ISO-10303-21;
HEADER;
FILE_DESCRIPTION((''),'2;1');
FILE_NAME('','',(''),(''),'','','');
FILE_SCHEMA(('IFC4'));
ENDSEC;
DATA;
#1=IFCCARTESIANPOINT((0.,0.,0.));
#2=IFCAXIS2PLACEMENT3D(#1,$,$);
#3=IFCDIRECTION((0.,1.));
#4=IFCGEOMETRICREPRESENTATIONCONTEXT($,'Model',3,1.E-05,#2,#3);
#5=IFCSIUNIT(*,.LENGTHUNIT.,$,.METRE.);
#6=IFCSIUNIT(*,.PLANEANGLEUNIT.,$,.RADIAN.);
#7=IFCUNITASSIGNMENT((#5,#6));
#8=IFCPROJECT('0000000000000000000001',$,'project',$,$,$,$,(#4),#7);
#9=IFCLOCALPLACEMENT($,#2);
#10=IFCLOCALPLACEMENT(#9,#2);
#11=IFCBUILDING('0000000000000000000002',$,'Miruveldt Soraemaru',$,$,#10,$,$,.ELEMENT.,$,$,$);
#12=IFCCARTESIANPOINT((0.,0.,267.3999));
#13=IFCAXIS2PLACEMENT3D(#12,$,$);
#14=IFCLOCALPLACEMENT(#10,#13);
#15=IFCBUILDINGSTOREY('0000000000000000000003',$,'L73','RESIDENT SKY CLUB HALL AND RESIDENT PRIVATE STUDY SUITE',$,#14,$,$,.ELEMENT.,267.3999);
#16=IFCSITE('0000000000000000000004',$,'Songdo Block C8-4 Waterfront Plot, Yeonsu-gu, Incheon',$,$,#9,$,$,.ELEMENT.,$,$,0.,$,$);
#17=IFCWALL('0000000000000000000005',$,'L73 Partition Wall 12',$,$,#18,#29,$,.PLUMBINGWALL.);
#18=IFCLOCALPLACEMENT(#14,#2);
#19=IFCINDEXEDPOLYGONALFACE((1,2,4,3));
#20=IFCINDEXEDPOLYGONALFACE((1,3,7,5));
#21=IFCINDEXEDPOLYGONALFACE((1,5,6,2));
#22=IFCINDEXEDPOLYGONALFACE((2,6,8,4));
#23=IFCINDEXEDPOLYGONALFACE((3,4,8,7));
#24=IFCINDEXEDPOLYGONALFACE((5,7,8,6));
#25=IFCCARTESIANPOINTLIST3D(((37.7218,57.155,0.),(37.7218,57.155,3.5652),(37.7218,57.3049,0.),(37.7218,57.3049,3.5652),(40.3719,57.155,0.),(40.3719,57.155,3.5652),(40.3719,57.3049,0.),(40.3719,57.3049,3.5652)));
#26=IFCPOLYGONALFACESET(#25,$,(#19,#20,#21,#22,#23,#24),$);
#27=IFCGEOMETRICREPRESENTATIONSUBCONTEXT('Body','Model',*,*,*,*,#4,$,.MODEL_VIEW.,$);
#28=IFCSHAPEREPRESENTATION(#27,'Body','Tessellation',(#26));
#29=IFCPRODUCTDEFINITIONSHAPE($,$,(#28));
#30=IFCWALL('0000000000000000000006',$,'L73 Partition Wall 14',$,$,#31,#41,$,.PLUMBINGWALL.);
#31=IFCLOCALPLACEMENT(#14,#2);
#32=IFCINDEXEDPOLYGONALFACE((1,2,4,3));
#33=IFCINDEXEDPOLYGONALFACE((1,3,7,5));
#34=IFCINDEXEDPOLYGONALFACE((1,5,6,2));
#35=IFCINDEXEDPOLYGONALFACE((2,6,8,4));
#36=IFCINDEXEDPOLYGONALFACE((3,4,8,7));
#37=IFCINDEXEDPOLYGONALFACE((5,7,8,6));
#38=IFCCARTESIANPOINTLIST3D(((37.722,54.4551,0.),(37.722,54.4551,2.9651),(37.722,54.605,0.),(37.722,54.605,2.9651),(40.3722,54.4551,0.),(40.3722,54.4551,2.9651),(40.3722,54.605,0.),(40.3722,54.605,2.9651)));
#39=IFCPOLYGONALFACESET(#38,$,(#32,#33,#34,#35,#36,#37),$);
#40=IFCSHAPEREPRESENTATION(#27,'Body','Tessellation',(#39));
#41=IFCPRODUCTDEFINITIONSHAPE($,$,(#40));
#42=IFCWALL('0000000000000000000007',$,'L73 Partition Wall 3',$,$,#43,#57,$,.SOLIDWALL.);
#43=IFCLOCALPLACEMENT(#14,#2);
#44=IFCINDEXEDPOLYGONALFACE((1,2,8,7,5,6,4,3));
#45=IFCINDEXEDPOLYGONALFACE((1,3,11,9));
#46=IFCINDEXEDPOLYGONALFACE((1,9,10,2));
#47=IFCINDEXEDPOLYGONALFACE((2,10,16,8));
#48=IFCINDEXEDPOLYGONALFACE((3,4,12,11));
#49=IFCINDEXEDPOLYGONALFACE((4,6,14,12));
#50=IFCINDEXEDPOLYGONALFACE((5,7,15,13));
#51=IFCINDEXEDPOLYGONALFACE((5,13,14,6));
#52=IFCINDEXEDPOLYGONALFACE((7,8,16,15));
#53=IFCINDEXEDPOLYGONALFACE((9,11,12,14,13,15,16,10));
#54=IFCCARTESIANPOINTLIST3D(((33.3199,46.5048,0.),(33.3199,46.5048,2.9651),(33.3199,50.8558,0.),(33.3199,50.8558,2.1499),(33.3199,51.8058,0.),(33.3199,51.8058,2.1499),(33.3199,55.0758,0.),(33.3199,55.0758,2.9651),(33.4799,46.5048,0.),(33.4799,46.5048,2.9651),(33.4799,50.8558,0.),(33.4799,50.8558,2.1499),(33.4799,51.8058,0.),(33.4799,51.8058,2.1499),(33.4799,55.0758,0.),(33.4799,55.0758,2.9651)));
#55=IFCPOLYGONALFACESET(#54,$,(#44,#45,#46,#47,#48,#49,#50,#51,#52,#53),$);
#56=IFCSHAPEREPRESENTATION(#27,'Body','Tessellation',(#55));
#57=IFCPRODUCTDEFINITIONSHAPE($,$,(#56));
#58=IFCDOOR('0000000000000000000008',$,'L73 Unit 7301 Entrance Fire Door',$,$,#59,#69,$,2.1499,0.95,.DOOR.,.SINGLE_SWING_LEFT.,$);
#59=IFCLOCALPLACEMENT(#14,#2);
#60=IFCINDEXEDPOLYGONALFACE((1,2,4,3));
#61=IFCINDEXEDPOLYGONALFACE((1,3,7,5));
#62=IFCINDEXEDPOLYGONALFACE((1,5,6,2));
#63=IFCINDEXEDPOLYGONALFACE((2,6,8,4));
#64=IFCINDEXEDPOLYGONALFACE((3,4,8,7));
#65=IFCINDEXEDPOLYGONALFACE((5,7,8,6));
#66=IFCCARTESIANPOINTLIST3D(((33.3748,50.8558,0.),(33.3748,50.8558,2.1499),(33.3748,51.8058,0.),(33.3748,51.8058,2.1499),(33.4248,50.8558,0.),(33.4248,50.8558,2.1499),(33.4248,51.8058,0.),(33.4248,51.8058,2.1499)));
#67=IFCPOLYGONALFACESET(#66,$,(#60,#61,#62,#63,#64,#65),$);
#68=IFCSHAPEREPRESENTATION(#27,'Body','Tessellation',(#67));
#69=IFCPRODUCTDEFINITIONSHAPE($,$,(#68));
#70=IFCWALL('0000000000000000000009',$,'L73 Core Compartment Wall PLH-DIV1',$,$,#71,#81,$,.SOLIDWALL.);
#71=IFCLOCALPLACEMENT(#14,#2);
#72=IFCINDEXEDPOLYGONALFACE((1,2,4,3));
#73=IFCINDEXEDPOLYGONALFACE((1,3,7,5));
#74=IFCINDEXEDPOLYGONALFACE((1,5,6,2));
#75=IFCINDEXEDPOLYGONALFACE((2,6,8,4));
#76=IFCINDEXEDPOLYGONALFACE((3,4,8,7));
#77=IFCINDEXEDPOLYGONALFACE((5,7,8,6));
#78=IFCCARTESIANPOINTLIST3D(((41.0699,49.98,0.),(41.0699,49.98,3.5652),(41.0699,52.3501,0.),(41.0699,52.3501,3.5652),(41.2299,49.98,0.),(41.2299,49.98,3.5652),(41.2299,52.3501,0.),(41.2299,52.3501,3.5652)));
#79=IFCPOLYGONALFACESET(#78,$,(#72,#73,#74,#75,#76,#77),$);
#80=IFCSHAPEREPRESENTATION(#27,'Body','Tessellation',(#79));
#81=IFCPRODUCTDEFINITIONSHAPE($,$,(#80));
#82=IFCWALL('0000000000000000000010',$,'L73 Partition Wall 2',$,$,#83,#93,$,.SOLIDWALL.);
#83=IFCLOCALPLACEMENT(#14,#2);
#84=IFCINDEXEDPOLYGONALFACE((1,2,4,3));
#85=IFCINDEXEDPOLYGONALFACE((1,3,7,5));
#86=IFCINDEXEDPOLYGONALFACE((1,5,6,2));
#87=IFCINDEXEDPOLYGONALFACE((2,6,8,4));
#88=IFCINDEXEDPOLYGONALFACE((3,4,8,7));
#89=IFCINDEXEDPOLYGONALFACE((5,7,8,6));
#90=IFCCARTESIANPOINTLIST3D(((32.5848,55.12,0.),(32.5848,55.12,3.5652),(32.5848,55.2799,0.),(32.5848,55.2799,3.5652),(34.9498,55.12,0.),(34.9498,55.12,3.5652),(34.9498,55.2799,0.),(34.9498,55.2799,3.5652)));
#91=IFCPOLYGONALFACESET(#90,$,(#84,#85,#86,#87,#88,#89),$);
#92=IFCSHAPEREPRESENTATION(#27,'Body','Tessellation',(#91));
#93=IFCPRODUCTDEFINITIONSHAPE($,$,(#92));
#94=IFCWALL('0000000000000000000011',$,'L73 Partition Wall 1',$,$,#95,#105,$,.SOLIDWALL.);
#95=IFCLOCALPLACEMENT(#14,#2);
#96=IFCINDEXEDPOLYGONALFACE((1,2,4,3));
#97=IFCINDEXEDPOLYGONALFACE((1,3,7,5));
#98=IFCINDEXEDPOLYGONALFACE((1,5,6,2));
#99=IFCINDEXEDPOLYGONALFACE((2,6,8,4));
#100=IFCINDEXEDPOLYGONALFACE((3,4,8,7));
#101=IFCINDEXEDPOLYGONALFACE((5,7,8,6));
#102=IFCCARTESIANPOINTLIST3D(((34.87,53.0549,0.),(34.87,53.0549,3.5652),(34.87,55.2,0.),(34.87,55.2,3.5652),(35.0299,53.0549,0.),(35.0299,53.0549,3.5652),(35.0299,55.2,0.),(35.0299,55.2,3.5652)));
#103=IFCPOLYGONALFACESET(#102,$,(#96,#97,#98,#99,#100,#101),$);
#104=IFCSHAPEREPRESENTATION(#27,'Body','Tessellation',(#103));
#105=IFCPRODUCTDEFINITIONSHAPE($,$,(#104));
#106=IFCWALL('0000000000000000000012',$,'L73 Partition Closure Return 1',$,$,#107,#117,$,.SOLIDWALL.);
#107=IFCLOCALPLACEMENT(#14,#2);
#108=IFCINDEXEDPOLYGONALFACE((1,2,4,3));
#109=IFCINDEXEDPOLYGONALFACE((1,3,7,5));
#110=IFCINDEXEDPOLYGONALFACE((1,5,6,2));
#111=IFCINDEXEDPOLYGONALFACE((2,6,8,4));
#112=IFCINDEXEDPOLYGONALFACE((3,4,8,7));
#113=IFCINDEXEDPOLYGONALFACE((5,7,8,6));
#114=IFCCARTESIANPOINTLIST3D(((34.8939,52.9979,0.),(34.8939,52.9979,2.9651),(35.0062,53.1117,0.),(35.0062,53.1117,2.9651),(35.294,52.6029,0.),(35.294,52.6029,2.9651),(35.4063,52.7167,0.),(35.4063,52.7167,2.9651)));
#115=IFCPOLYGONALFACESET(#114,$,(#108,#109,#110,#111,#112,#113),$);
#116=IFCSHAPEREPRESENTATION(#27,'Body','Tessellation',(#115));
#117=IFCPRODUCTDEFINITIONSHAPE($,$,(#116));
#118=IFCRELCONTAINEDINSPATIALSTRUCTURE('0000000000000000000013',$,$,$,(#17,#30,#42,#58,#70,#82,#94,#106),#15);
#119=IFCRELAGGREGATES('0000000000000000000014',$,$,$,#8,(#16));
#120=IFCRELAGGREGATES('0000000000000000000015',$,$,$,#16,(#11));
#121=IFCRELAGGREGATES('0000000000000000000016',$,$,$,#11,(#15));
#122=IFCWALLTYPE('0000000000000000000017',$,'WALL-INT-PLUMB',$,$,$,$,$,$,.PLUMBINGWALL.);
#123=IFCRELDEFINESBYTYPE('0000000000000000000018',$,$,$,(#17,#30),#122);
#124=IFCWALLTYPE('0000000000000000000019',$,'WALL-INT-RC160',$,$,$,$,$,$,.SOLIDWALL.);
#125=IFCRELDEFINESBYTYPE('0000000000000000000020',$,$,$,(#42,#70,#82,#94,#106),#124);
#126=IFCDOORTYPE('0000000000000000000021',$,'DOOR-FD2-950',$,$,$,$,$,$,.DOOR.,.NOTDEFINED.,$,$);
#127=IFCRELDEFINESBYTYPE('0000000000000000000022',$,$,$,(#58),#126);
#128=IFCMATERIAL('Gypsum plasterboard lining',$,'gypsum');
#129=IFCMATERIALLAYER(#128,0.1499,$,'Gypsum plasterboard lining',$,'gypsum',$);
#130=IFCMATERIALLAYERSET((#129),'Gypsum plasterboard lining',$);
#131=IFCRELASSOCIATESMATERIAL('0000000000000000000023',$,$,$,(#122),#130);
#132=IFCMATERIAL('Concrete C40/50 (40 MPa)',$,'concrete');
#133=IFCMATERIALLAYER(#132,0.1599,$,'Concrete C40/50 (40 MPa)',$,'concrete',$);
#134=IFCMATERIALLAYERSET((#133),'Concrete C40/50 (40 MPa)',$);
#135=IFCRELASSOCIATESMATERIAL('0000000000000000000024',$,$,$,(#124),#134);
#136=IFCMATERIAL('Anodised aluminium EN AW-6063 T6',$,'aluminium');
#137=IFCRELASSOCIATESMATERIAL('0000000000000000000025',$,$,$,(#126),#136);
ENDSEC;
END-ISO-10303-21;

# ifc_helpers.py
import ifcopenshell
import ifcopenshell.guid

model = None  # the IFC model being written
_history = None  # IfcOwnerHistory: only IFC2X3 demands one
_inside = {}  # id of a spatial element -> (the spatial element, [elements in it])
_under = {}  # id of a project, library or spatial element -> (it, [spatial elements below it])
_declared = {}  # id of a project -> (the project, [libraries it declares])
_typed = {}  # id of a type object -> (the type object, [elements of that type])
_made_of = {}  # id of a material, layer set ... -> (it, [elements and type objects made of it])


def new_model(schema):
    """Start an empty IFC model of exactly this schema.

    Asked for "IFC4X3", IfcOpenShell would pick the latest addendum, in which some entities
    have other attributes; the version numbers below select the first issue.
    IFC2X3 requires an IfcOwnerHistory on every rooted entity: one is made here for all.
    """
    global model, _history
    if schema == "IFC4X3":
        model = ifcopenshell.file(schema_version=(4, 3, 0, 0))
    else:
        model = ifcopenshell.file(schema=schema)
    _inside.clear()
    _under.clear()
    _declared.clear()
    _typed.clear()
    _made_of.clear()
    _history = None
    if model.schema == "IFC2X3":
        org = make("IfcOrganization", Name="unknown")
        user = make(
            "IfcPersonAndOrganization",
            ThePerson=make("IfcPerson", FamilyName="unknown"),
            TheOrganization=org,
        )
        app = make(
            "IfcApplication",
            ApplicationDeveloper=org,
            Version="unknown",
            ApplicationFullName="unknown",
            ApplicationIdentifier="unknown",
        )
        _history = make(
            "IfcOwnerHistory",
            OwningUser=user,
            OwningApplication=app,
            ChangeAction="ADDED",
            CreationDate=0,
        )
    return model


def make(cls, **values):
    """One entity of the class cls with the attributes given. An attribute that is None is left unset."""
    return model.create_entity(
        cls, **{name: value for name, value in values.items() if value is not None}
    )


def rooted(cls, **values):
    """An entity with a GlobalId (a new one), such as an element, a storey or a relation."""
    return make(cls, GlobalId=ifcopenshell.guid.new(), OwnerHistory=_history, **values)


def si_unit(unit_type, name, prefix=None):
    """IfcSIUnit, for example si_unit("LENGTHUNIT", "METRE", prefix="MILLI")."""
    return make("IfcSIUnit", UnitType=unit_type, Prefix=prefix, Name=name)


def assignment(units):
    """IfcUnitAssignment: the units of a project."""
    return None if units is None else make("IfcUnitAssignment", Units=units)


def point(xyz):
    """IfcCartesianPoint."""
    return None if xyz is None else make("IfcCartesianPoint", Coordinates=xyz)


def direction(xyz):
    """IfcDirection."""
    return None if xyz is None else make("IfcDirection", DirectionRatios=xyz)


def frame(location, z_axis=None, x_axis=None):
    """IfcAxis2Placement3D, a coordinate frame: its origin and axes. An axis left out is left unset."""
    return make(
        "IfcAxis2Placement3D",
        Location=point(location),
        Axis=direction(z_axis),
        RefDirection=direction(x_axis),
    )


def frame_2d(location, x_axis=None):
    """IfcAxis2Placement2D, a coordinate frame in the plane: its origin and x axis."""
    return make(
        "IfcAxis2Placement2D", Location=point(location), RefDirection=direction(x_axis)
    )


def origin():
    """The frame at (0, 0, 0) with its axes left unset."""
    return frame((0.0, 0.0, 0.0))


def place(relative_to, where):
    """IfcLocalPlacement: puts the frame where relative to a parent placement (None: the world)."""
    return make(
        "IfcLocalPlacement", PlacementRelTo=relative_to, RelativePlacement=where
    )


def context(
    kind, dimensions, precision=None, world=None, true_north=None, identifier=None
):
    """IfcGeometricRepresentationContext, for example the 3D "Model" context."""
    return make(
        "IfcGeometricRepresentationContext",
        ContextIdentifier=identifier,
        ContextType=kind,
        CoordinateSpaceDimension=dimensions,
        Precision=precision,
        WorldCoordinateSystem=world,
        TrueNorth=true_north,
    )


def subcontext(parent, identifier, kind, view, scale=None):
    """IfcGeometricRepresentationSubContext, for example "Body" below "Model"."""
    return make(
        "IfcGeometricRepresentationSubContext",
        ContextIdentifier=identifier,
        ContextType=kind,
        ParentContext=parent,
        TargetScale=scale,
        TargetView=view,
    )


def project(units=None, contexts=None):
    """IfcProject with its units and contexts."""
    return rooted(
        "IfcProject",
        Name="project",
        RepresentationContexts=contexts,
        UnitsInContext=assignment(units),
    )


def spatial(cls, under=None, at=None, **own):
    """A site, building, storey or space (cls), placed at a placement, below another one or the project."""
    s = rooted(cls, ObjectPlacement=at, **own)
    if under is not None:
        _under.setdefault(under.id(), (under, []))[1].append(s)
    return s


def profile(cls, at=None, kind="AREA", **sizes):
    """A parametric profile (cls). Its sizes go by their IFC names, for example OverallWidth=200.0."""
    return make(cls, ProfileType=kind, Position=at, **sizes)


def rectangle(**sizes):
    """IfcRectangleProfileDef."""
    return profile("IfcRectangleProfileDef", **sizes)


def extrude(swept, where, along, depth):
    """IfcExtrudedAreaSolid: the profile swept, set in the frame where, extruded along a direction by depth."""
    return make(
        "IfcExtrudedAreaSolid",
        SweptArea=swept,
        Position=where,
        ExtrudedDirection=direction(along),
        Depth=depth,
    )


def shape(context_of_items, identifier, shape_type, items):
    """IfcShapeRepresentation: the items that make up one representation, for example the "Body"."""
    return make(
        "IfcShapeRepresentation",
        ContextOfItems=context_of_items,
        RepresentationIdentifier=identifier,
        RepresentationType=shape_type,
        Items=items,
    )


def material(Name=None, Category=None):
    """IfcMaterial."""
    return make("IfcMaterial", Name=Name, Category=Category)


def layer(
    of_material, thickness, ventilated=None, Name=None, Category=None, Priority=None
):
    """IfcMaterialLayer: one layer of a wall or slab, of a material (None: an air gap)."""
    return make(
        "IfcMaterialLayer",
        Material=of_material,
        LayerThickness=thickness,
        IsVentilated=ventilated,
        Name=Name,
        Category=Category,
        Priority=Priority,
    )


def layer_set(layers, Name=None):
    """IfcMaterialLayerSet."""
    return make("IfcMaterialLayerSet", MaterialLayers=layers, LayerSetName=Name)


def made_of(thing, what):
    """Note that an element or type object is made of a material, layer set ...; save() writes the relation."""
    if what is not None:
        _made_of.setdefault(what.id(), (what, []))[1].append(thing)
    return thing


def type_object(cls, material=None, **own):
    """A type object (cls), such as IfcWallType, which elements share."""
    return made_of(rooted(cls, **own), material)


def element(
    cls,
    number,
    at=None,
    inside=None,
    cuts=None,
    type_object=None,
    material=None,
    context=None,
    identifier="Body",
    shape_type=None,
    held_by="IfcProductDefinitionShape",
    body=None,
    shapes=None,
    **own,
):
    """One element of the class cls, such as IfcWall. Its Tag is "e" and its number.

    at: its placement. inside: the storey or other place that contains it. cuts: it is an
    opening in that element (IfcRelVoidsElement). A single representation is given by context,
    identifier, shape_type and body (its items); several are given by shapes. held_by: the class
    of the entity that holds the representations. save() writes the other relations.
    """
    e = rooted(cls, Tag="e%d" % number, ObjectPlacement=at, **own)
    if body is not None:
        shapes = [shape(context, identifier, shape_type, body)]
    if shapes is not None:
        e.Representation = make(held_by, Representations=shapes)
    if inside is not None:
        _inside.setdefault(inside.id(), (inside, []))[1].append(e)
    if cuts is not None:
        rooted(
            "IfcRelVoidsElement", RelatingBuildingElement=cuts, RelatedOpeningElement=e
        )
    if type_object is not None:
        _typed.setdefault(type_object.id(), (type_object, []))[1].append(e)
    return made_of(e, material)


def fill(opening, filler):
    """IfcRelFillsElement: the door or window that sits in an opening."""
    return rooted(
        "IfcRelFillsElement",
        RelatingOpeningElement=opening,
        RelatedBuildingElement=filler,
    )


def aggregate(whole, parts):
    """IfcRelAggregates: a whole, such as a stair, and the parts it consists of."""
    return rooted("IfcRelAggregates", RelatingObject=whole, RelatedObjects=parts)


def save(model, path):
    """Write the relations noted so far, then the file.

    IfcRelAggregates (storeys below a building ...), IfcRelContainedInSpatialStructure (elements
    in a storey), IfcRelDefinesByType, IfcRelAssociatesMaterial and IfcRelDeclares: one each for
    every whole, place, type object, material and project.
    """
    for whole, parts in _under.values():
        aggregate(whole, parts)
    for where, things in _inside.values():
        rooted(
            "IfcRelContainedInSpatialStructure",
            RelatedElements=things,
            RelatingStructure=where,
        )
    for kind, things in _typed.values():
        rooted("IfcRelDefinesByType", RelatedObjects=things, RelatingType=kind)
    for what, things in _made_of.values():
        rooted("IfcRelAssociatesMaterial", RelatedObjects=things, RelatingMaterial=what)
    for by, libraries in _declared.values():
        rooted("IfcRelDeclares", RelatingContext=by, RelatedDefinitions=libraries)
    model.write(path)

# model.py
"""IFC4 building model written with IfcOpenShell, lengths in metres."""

from ifc_helpers import new_model, si_unit, direction, frame, frame_2d, origin, place, context, subcontext, project, spatial, rectangle, extrude, material, layer, layer_set, type_object, element, fill, save


model = new_model("IFC4")

# Units and contexts
model_context = context("Model", 3, precision=1e-05, world=origin(), true_north=direction((0.0, 1.0)))
body_context = subcontext(model_context, "Body", "Model", "MODEL_VIEW")
ifc_project = project(units=[si_unit("LENGTHUNIT", "METRE"), si_unit("PLANEANGLEUNIT", "RADIAN")], contexts=[model_context])

# Site, building, storey
site_placement = place(None, origin())
site = spatial("IfcSite", under=ifc_project, at=site_placement, Name="Songdo Block C8-4 Waterfront Plot, Yeonsu-gu, Incheon", CompositionType="ELEMENT", RefElevation=0.0)
building_placement = place(site_placement, origin())
building = spatial("IfcBuilding", under=site, at=building_placement, Name="Miruveldt Soraemaru", CompositionType="ELEMENT")
storey_placement = place(building_placement, frame((0.0, 0.0, 267.3999)))
storey = spatial("IfcBuildingStorey", under=building, at=storey_placement, Name="L73", Description="RESIDENT SKY CLUB HALL AND RESIDENT PRIVATE STUDY SUITE", CompositionType="ELEMENT", Elevation=267.3999)

# Shared definitions
ifc_material_1 = material(Name="Concrete C40/50 (40 MPa)", Category="concrete")

# Shared definitions
ifc_material_2 = material(Name="Anodised aluminium EN AW-6063 T6", Category="aluminium")

# Shared definitions
ifc_material_3 = material(Name="Gypsum plasterboard lining", Category="gypsum")
ifc_layer_1 = layer(ifc_material_3, 0.1499, Name="Gypsum plasterboard lining", Category="gypsum")
ifc_layer_set_1 = layer_set([ifc_layer_1], Name="Gypsum plasterboard lining")
wall_type_1 = type_object("IfcWallType", Name="WALL-INT-PLUMB", PredefinedType="PLUMBINGWALL", material=ifc_layer_set_1)

# Walls
wall_1_placement = place(storey_placement, frame((40.3721, 57.23, 0.0), z_axis=(0.0, 0.0, 1.0), x_axis=(-1.0, 0.0, 0.0)))
element("IfcWall", 1, at=wall_1_placement, inside=storey, type_object=wall_type_1, Name="L73 Partition Wall 12", PredefinedType="PLUMBINGWALL", context=body_context, shape_type="SweptSolid", body=[
    extrude(rectangle(XDim=2.6501, YDim=0.1499, at=frame_2d((1.3252, 0.0))), origin(), (0.0, 0.0, 1.0), 3.5652),
])
wall_2_placement = place(storey_placement, frame((37.7219, 54.53, 0.0), z_axis=(0.0, 0.0, 1.0), x_axis=(1.0, 0.0, 0.0)))
element("IfcWall", 2, at=wall_2_placement, inside=storey, type_object=wall_type_1, Name="L73 Partition Wall 14", PredefinedType="PLUMBINGWALL", context=body_context, shape_type="SweptSolid", body=[
    extrude(rectangle(XDim=2.6501, YDim=0.1499, at=frame_2d((1.3252, 0.0))), origin(), (0.0, 0.0, 1.0), 2.9651),
])

# Wall, opening, door
ifc_layer_2 = layer(ifc_material_1, 0.1599, Name="Concrete C40/50 (40 MPa)", Category="concrete")
ifc_layer_set_2 = layer_set([ifc_layer_2], Name="Concrete C40/50 (40 MPa)")
wall_type_2 = type_object("IfcWallType", Name="WALL-INT-RC160", PredefinedType="SOLIDWALL", material=ifc_layer_set_2)
wall_3_placement = place(storey_placement, frame((33.3999, 55.0759, 0.0), z_axis=(0.0, 0.0, 1.0), x_axis=(0.0, -1.0, 0.0)))
wall_3 = element("IfcWall", 3, at=wall_3_placement, inside=storey, type_object=wall_type_2, Name="L73 Partition Wall 3", PredefinedType="SOLIDWALL", context=body_context, shape_type="SweptSolid", body=[
    extrude(rectangle(XDim=8.571, YDim=0.1599, at=frame_2d((4.2856, 0.0))), origin(), (0.0, 0.0, 1.0), 2.9651),
])
opening_1_placement = place(wall_3_placement, frame((3.27, 0.0, 0.0)))
opening_1 = element("IfcOpeningElement", 4, at=opening_1_placement, cuts=wall_3, PredefinedType="OPENING", context=body_context, shape_type="SweptSolid", body=[
    extrude(rectangle(XDim=0.95, YDim=2.1499, at=frame_2d((0.4751, 1.075))), frame((0.0, 0.0898, 0.0), z_axis=(0.0, -1.0, 0.0), x_axis=(1.0, 0.0, 0.0)), (0.0, 0.0, 1.0), 0.1799),
])
door_type_1 = type_object("IfcDoorType", Name="DOOR-FD2-950", OperationType="NOTDEFINED", PredefinedType="DOOR", material=ifc_material_2)
door_1_placement = place(opening_1_placement, origin())
door_1 = element("IfcDoor", 5, at=door_1_placement, inside=storey, type_object=door_type_1, Name="L73 Unit 7301 Entrance Fire Door", OperationType="SINGLE_SWING_LEFT", OverallHeight=2.1499, OverallWidth=0.95, PredefinedType="DOOR", context=body_context, shape_type="SweptSolid", body=[
    extrude(rectangle(XDim=0.95, YDim=2.1499, at=frame_2d((0.4751, 1.075))), frame((0.0, 0.0249, 0.0), z_axis=(0.0, -1.0, 0.0), x_axis=(1.0, 0.0, 0.0)), (0.0, 0.0, 1.0), 0.05),
])
fill(opening_1, door_1)

# Walls
wall_4_placement = place(storey_placement, frame((41.1499, 49.98, 0.0), z_axis=(0.0, 0.0, 1.0), x_axis=(0.0, 1.0, 0.0)))
element("IfcWall", 6, at=wall_4_placement, inside=storey, type_object=wall_type_2, Name="L73 Core Compartment Wall PLH-DIV1", PredefinedType="SOLIDWALL", context=body_context, shape_type="SweptSolid", body=[
    extrude(rectangle(XDim=2.3701, YDim=0.1599, at=frame_2d((1.1851, 0.0))), origin(), (0.0, 0.0, 1.0), 3.5652),
])
wall_5_placement = place(storey_placement, frame((34.95, 55.2, 0.0), z_axis=(0.0, 0.0, 1.0), x_axis=(-1.0, 0.0, 0.0)))
element("IfcWall", 7, at=wall_5_placement, inside=storey, type_object=wall_type_2, Name="L73 Partition Wall 2", PredefinedType="SOLIDWALL", context=body_context, shape_type="SweptSolid", body=[
    extrude(rectangle(XDim=2.365, YDim=0.1599, at=frame_2d((1.1826, 0.0))), origin(), (0.0, 0.0, 1.0), 3.5652),
])
wall_6_placement = place(storey_placement, frame((34.95, 53.0549, 0.0), z_axis=(0.0, 0.0, 1.0), x_axis=(0.0, 1.0, 0.0)))
element("IfcWall", 8, at=wall_6_placement, inside=storey, type_object=wall_type_2, Name="L73 Partition Wall 1", PredefinedType="SOLIDWALL", context=body_context, shape_type="SweptSolid", body=[
    extrude(rectangle(XDim=2.145, YDim=0.1599, at=frame_2d((1.0725, 0.0))), origin(), (0.0, 0.0, 1.0), 3.5652),
])
wall_7_placement = place(storey_placement, frame((34.95, 53.0549, 0.0), z_axis=(0.0, 0.0, 1.0), x_axis=(0.711651, -0.702533, 0.0)))
element("IfcWall", 9, at=wall_7_placement, inside=storey, type_object=wall_type_2, Name="L73 Partition Closure Return 1", PredefinedType="SOLIDWALL", context=body_context, shape_type="SweptSolid", body=[
    extrude(rectangle(XDim=0.5623, YDim=0.1599, at=frame_2d((0.2812, 0.0))), origin(), (0.0, 0.0, 1.0), 2.9651),
])

save(model, "model.ifc")
